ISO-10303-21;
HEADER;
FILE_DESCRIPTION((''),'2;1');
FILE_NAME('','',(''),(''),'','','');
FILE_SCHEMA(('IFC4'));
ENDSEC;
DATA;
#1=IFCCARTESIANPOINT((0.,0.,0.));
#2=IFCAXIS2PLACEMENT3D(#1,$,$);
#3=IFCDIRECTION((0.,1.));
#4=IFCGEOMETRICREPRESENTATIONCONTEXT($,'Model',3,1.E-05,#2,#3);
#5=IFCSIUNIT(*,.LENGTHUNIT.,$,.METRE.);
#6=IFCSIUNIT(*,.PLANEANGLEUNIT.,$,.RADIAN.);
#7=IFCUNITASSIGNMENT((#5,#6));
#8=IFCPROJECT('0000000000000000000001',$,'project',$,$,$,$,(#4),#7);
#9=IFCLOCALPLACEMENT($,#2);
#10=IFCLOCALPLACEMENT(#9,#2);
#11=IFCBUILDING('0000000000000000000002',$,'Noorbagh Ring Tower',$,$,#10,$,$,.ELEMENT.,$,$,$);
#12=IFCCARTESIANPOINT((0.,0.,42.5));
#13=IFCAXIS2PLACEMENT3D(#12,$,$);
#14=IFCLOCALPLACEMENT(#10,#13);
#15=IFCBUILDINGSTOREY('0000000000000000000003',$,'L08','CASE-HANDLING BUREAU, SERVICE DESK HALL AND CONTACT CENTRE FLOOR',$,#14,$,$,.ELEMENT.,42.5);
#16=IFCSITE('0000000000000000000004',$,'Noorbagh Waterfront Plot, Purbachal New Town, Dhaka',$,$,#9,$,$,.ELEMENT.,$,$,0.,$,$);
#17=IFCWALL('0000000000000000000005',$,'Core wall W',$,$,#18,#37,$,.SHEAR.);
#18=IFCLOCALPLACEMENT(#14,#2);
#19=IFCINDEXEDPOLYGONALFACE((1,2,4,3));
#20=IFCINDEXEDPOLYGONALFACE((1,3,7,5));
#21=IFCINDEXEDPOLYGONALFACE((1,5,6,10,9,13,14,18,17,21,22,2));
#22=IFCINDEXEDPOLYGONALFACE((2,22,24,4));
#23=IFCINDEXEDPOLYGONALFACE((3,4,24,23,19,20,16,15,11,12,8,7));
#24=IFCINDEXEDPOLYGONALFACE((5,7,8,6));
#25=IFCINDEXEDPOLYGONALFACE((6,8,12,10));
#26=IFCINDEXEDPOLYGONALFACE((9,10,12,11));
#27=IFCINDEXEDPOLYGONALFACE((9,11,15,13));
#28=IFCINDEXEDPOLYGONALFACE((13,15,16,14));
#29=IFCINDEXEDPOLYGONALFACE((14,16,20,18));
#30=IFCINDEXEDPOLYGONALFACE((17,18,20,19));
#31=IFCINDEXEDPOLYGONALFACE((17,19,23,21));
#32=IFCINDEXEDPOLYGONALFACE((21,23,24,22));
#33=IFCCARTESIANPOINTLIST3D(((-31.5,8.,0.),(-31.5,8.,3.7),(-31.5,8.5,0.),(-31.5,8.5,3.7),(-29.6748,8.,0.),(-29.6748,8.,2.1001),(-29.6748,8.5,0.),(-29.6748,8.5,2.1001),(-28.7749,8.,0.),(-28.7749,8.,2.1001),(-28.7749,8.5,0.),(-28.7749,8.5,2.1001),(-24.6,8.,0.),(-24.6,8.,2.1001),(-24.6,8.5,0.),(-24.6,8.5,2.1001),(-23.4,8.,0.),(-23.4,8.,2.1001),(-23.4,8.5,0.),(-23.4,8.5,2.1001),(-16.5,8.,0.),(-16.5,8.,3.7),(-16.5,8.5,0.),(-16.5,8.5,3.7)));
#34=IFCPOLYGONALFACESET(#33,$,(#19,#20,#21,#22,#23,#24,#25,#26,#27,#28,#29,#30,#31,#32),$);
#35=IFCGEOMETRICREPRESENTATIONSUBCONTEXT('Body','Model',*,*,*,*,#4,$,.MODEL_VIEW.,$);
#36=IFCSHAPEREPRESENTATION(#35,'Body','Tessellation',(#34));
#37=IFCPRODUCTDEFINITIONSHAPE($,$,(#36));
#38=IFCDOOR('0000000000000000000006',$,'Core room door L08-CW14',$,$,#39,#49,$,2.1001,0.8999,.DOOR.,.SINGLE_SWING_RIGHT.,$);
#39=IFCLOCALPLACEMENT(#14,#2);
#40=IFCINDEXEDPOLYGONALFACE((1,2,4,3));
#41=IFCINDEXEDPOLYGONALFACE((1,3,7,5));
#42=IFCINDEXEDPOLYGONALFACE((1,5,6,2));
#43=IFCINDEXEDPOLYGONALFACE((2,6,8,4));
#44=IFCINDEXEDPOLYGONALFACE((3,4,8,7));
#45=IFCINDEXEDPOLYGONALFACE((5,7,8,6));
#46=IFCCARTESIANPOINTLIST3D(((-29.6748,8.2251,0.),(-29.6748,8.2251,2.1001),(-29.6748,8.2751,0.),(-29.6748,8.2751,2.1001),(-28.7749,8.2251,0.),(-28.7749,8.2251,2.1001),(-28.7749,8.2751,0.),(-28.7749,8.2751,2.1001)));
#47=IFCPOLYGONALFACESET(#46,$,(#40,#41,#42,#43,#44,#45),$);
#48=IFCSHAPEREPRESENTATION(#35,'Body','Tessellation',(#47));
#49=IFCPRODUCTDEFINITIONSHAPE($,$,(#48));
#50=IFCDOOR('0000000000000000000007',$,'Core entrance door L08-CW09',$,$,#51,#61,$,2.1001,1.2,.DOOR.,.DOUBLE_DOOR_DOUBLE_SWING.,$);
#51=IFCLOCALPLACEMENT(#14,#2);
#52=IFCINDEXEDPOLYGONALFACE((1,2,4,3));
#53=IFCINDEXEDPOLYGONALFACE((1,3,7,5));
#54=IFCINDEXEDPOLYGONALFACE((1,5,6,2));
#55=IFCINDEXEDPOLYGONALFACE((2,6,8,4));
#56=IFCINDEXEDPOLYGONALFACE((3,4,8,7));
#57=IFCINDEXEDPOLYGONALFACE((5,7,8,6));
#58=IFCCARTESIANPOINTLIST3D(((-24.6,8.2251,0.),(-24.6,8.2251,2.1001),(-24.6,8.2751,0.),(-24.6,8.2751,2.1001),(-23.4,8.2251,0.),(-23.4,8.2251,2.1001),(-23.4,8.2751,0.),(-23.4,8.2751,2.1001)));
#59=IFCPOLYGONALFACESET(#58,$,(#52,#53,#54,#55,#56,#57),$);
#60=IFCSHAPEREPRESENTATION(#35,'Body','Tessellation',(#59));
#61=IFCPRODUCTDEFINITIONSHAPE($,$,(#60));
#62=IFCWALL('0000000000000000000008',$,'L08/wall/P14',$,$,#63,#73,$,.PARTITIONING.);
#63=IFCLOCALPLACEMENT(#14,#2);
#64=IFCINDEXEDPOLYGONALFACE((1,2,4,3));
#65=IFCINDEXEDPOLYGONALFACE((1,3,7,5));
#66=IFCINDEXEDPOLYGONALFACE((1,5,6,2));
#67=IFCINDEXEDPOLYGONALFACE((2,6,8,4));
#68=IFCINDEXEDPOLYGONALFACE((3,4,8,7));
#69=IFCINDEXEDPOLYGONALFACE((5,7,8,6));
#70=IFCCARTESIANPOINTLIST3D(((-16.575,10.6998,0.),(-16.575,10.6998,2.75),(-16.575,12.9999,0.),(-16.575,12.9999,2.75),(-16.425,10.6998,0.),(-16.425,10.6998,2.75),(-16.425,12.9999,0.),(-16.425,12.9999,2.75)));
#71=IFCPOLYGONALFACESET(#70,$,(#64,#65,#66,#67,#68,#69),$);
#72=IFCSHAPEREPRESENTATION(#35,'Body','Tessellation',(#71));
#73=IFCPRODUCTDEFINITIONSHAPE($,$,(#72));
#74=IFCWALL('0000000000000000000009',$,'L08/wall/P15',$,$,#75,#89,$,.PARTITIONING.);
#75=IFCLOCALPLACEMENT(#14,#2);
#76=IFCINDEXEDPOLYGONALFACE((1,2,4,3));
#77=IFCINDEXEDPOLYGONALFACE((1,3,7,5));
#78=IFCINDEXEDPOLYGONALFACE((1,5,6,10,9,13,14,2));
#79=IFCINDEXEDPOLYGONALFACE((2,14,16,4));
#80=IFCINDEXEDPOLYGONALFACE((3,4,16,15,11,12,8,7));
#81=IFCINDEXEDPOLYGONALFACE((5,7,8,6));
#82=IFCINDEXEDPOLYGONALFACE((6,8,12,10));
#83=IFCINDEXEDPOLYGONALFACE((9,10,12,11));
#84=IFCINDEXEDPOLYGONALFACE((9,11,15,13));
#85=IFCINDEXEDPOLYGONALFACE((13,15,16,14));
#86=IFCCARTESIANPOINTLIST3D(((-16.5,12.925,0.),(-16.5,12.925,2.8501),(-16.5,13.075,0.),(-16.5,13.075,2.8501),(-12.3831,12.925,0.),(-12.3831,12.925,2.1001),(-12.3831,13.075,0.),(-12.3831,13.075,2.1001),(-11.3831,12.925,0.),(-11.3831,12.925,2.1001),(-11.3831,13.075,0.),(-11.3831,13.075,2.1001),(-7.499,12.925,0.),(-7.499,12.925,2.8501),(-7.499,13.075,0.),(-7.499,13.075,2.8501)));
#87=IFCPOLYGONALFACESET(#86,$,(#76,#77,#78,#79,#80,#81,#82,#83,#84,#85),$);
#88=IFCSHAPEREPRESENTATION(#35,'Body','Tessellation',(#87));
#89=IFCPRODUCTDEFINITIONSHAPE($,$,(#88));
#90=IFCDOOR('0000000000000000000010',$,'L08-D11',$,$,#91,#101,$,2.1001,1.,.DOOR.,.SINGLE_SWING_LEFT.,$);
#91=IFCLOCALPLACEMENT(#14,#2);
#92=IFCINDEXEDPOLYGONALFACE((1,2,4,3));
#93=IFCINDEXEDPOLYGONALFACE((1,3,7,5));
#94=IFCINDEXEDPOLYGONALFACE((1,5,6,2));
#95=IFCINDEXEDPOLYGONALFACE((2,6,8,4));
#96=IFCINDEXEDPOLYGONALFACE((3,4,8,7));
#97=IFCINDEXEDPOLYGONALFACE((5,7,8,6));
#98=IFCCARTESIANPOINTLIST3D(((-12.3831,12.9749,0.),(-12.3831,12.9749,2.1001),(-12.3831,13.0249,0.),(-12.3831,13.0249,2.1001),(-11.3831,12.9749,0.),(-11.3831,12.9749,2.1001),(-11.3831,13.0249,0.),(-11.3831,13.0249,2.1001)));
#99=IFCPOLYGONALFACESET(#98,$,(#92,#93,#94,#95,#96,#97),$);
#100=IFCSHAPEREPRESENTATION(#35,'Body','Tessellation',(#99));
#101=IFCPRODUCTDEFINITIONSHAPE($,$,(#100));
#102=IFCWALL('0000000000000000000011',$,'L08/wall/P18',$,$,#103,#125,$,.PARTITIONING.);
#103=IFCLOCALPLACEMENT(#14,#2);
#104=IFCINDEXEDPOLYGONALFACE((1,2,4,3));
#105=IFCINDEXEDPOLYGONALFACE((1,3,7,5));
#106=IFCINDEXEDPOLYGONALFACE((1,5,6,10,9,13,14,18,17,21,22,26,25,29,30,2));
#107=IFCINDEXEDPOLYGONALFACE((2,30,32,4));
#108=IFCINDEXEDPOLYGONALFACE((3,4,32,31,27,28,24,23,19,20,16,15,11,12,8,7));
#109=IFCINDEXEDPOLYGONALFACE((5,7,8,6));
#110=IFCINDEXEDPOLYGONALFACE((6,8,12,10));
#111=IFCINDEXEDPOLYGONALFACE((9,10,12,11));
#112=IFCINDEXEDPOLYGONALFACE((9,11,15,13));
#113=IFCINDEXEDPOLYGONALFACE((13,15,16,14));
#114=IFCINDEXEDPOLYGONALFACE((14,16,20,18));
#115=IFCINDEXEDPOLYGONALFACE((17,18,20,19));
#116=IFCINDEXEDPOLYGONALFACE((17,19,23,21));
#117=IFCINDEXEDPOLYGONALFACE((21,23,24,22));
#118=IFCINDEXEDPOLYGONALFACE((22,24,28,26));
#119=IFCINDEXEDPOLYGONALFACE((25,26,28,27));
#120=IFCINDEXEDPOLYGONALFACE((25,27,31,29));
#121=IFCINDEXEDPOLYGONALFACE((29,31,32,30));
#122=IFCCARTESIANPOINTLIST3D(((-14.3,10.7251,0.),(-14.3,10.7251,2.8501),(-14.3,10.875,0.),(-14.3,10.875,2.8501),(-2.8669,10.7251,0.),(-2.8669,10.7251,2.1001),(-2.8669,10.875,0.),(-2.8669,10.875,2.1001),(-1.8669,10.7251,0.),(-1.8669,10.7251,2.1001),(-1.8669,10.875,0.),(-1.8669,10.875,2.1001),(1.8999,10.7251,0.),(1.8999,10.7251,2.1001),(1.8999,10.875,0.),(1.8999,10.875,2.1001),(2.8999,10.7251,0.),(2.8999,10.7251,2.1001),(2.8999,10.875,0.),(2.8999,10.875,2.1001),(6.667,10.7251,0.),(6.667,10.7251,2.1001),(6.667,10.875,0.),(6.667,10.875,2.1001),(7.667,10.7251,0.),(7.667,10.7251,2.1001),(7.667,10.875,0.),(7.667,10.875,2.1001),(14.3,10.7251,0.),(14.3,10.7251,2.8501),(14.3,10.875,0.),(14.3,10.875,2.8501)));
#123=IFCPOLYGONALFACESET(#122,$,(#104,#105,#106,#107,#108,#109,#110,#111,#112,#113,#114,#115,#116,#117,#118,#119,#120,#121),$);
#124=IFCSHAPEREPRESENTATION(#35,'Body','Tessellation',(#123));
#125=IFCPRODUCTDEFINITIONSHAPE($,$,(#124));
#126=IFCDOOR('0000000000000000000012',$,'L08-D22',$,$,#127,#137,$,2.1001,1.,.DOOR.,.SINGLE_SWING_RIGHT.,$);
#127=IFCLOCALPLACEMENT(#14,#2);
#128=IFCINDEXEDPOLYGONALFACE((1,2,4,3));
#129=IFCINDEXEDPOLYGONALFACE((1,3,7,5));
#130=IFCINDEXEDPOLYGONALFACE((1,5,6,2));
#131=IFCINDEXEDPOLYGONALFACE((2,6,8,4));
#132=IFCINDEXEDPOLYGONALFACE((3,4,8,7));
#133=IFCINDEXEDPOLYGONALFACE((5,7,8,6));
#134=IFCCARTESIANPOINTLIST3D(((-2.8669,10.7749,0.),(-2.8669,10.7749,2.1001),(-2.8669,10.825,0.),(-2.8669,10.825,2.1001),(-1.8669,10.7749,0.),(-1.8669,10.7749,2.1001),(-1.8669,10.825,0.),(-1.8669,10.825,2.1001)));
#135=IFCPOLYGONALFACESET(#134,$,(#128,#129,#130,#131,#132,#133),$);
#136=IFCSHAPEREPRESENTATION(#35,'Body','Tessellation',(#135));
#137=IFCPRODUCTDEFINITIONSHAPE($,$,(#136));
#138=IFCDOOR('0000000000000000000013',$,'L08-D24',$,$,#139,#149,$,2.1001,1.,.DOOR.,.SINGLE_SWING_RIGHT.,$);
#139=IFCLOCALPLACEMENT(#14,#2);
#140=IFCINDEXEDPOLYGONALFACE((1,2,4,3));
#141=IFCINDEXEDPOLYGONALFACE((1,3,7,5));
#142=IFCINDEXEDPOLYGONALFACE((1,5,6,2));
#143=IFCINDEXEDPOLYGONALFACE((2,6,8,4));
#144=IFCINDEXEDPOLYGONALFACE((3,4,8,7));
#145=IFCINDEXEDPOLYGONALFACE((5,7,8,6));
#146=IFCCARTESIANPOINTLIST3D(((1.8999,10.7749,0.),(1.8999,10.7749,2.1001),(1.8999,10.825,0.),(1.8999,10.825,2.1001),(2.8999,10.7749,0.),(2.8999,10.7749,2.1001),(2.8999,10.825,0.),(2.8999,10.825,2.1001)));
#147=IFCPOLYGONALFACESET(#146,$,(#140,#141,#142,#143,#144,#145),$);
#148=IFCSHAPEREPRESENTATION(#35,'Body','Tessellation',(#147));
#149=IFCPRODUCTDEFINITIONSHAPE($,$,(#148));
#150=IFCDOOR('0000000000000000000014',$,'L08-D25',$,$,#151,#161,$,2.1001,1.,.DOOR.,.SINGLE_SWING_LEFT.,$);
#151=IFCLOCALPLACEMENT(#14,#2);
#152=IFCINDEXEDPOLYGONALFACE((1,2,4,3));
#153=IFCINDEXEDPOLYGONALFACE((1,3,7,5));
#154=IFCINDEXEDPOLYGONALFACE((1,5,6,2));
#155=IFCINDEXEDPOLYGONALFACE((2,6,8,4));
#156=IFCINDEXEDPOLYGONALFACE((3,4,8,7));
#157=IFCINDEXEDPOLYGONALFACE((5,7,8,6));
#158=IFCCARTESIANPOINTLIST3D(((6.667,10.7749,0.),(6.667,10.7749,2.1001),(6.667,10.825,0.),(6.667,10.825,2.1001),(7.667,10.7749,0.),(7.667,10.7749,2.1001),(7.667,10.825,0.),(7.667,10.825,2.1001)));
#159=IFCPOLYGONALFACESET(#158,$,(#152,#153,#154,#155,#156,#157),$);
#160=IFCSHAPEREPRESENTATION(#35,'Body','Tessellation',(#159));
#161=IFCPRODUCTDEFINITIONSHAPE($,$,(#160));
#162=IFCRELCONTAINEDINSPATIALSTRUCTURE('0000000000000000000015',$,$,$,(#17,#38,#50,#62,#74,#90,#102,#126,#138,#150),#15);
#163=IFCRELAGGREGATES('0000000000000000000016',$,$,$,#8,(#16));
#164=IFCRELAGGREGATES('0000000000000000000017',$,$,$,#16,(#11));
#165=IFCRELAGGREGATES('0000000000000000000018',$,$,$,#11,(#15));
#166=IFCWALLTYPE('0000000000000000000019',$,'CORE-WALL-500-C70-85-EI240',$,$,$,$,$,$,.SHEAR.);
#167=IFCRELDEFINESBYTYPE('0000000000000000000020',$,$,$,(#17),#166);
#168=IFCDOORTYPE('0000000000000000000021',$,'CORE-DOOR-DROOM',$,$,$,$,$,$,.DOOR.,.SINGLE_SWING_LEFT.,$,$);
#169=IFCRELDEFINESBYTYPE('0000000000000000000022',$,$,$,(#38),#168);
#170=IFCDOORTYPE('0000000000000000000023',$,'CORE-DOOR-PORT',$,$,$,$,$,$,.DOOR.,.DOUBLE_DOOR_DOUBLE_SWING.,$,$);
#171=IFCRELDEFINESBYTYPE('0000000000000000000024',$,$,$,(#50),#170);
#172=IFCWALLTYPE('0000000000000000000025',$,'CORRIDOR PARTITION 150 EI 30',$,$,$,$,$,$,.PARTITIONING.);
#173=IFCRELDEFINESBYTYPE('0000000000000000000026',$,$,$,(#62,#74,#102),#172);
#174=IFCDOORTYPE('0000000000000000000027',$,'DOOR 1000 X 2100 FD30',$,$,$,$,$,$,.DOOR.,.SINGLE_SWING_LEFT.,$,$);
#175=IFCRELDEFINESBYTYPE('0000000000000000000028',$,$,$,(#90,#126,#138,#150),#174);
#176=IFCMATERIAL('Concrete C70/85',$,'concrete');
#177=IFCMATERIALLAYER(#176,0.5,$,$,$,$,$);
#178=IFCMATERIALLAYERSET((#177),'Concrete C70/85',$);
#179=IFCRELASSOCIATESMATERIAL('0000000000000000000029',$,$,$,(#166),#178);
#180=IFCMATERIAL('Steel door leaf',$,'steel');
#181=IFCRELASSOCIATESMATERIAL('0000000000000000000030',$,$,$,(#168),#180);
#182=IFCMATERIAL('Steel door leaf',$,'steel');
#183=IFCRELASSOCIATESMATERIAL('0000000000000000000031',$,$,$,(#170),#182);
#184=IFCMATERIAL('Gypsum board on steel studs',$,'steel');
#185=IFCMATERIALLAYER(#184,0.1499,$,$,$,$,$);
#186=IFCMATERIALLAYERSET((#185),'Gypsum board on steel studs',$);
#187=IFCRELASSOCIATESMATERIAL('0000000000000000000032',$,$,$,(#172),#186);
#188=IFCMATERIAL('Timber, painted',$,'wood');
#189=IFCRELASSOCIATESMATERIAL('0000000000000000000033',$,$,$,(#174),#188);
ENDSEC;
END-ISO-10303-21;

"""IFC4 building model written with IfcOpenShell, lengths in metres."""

from ifc_helpers import new_model, si_unit, direction, frame, frame_2d, origin, place, context, subcontext, project, spatial, rectangle, extrude, material, layer, layer_set, type_object, element, fill, save


model = new_model("IFC4")

# Units and contexts
model_context = context("Model", 3, precision=1e-05, world=origin(), true_north=direction((0.0, 1.0)))
body_context = subcontext(model_context, "Body", "Model", "MODEL_VIEW")
ifc_project = project(units=[si_unit("LENGTHUNIT", "METRE"), si_unit("PLANEANGLEUNIT", "RADIAN")], contexts=[model_context])

# Site, building, storey
site_placement = place(None, origin())
site = spatial("IfcSite", under=ifc_project, at=site_placement, Name="Noorbagh Waterfront Plot, Purbachal New Town, Dhaka", CompositionType="ELEMENT", RefElevation=0.0)
building_placement = place(site_placement, origin())
building = spatial("IfcBuilding", under=site, at=building_placement, Name="Noorbagh Ring Tower", CompositionType="ELEMENT")
storey_placement = place(building_placement, frame((0.0, 0.0, 42.5)))
storey = spatial("IfcBuildingStorey", under=building, at=storey_placement, Name="L08", Description="CASE-HANDLING BUREAU, SERVICE DESK HALL AND CONTACT CENTRE FLOOR", CompositionType="ELEMENT", Elevation=42.5)

# Wall, openings, doors
ifc_material_1 = material(Name="Concrete C70/85", Category="concrete")
ifc_layer_1 = layer(ifc_material_1, 0.5)
ifc_layer_set_1 = layer_set([ifc_layer_1], Name="Concrete C70/85")
wall_type_1 = type_object("IfcWallType", Name="CORE-WALL-500-C70-85-EI240", PredefinedType="SHEAR", material=ifc_layer_set_1)
wall_1_placement = place(storey_placement, frame((-16.5, 8.25, 0.0), z_axis=(0.0, 0.0, 1.0), x_axis=(-1.0, 0.0, 0.0)))
wall_1 = element("IfcWall", 1, at=wall_1_placement, inside=storey, type_object=wall_type_1, Name="Core wall W", PredefinedType="SHEAR", context=body_context, shape_type="SweptSolid", body=[
    extrude(rectangle(XDim=15.0, YDim=0.5, at=frame_2d((7.5, 0.0))), origin(), (0.0, 0.0, 1.0), 3.7),
])
opening_1_placement = place(wall_1_placement, frame((6.8999, 0.0, 0.0)))
opening_1 = element("IfcOpeningElement", 2, at=opening_1_placement, cuts=wall_1, PredefinedType="OPENING", context=body_context, shape_type="SweptSolid", body=[
    extrude(rectangle(XDim=1.2, YDim=2.1001, at=frame_2d((0.6001, 1.05))), frame((0.0, 0.26, 0.0), z_axis=(0.0, -1.0, 0.0), x_axis=(1.0, 0.0, 0.0)), (0.0, 0.0, 1.0), 0.52),
])
opening_2_placement = place(wall_1_placement, frame((12.2749, 0.0, 0.0)))
opening_2 = element("IfcOpeningElement", 3, at=opening_2_placement, cuts=wall_1, PredefinedType="OPENING", context=body_context, shape_type="SweptSolid", body=[
    extrude(rectangle(XDim=0.8999, YDim=2.1001, at=frame_2d((0.45, 1.05))), frame((0.0, 0.26, 0.0), z_axis=(0.0, -1.0, 0.0), x_axis=(1.0, 0.0, 0.0)), (0.0, 0.0, 1.0), 0.52),
])
ifc_material_2 = material(Name="Steel door leaf", Category="steel")
door_type_1 = type_object("IfcDoorType", Name="CORE-DOOR-DROOM", OperationType="SINGLE_SWING_LEFT", PredefinedType="DOOR", material=ifc_material_2)
door_1_placement = place(opening_2_placement, origin())
door_1 = element("IfcDoor", 4, at=door_1_placement, inside=storey, type_object=door_type_1, Name="Core room door L08-CW14", OperationType="SINGLE_SWING_RIGHT", OverallHeight=2.1001, OverallWidth=0.8999, PredefinedType="DOOR", context=body_context, shape_type="SweptSolid", body=[
    extrude(rectangle(XDim=0.8999, YDim=2.1001, at=frame_2d((0.45, 1.05))), frame((0.0, 0.0249, 0.0), z_axis=(0.0, -1.0, 0.0), x_axis=(1.0, 0.0, 0.0)), (0.0, 0.0, 1.0), 0.05),
])
fill(opening_2, door_1)
ifc_material_3 = material(Name="Steel door leaf", Category="steel")
door_type_2 = type_object("IfcDoorType", Name="CORE-DOOR-PORT", OperationType="DOUBLE_DOOR_DOUBLE_SWING", PredefinedType="DOOR", material=ifc_material_3)
door_2_placement = place(opening_1_placement, origin())
door_2 = element("IfcDoor", 5, at=door_2_placement, inside=storey, type_object=door_type_2, Name="Core entrance door L08-CW09", OperationType="DOUBLE_DOOR_DOUBLE_SWING", OverallHeight=2.1001, OverallWidth=1.2, PredefinedType="DOOR", context=body_context, shape_type="SweptSolid", body=[
    extrude(rectangle(XDim=1.2, YDim=2.1001, at=frame_2d((0.6001, 1.05))), frame((0.0, 0.0249, 0.0), z_axis=(0.0, -1.0, 0.0), x_axis=(1.0, 0.0, 0.0)), (0.0, 0.0, 1.0), 0.05),
])
fill(opening_1, door_2)

# Wall
ifc_material_4 = material(Name="Gypsum board on steel studs", Category="steel")
ifc_layer_2 = layer(ifc_material_4, 0.1499)
ifc_layer_set_2 = layer_set([ifc_layer_2], Name="Gypsum board on steel studs")
wall_type_2 = type_object("IfcWallType", Name="CORRIDOR PARTITION 150 EI 30", PredefinedType="PARTITIONING", material=ifc_layer_set_2)
wall_2_placement = place(storey_placement, frame((-16.5, 10.7, 0.0), z_axis=(0.0, 0.0, 1.0), x_axis=(0.0, 1.0, 0.0)))
element("IfcWall", 6, at=wall_2_placement, inside=storey, type_object=wall_type_2, Name="L08/wall/P14", PredefinedType="PARTITIONING", context=body_context, shape_type="SweptSolid", body=[
    extrude(rectangle(XDim=2.3, YDim=0.1499, at=frame_2d((1.1499, 0.0))), origin(), (0.0, 0.0, 1.0), 2.75),
])

# Wall, opening, door
wall_3_placement = place(storey_placement, frame((-16.5, 13.0, 0.0), z_axis=(0.0, 0.0, 1.0), x_axis=(1.0, 0.0, 0.0)))
wall_3 = element("IfcWall", 7, at=wall_3_placement, inside=storey, type_object=wall_type_2, Name="L08/wall/P15", PredefinedType="PARTITIONING", context=body_context, shape_type="SweptSolid", body=[
    extrude(rectangle(XDim=9.001, YDim=0.1499, at=frame_2d((4.5005, 0.0))), origin(), (0.0, 0.0, 1.0), 2.8501),
])
opening_3_placement = place(wall_3_placement, frame((4.1169, 0.0, 0.0)))
opening_3 = element("IfcOpeningElement", 8, at=opening_3_placement, cuts=wall_3, PredefinedType="OPENING", context=body_context, shape_type="SweptSolid", body=[
    extrude(rectangle(XDim=1.0, YDim=2.1001, at=frame_2d((0.5, 1.05))), frame((0.0, 0.085, 0.0), z_axis=(0.0, -1.0, 0.0), x_axis=(1.0, 0.0, 0.0)), (0.0, 0.0, 1.0), 0.1699),
])
ifc_material_5 = material(Name="Timber, painted", Category="wood")
door_type_3 = type_object("IfcDoorType", Name="DOOR 1000 X 2100 FD30", OperationType="SINGLE_SWING_LEFT", PredefinedType="DOOR", material=ifc_material_5)
door_3_placement = place(opening_3_placement, origin())
door_3 = element("IfcDoor", 9, at=door_3_placement, inside=storey, type_object=door_type_3, Name="L08-D11", OperationType="SINGLE_SWING_LEFT", OverallHeight=2.1001, OverallWidth=1.0, PredefinedType="DOOR", context=body_context, shape_type="SweptSolid", body=[
    extrude(rectangle(XDim=1.0, YDim=2.1001, at=frame_2d((0.5, 1.05))), frame((0.0, 0.0249, 0.0), z_axis=(0.0, -1.0, 0.0), x_axis=(1.0, 0.0, 0.0)), (0.0, 0.0, 1.0), 0.05),
])
fill(opening_3, door_3)

# Wall, openings, doors
wall_4_placement = place(storey_placement, frame((-14.3, 10.8, 0.0), z_axis=(0.0, 0.0, 1.0), x_axis=(1.0, 0.0, 0.0)))
wall_4 = element("IfcWall", 10, at=wall_4_placement, inside=storey, type_object=wall_type_2, Name="L08/wall/P18", PredefinedType="PARTITIONING", context=body_context, shape_type="SweptSolid", body=[
    extrude(rectangle(XDim=28.6001, YDim=0.1499, at=frame_2d((14.3, 0.0))), origin(), (0.0, 0.0, 1.0), 2.8501),
])
opening_4_placement = place(wall_4_placement, frame((11.4331, 0.0, 0.0)))
opening_4 = element("IfcOpeningElement", 11, at=opening_4_placement, cuts=wall_4, PredefinedType="OPENING", context=body_context, shape_type="SweptSolid", body=[
    extrude(rectangle(XDim=1.0, YDim=2.1001, at=frame_2d((0.5, 1.05))), frame((0.0, 0.085, 0.0), z_axis=(0.0, -1.0, 0.0), x_axis=(1.0, 0.0, 0.0)), (0.0, 0.0, 1.0), 0.1699),
])
opening_5_placement = place(wall_4_placement, frame((16.2, 0.0, 0.0)))
opening_5 = element("IfcOpeningElement", 12, at=opening_5_placement, cuts=wall_4, PredefinedType="OPENING", context=body_context, shape_type="SweptSolid", body=[
    extrude(rectangle(XDim=1.0, YDim=2.1001, at=frame_2d((0.5, 1.05))), frame((0.0, 0.085, 0.0), z_axis=(0.0, -1.0, 0.0), x_axis=(1.0, 0.0, 0.0)), (0.0, 0.0, 1.0), 0.1699),
])
opening_6_placement = place(wall_4_placement, frame((20.967, 0.0, 0.0)))
opening_6 = element("IfcOpeningElement", 13, at=opening_6_placement, cuts=wall_4, PredefinedType="OPENING", context=body_context, shape_type="SweptSolid", body=[
    extrude(rectangle(XDim=1.0, YDim=2.1001, at=frame_2d((0.5, 1.05))), frame((0.0, 0.085, 0.0), z_axis=(0.0, -1.0, 0.0), x_axis=(1.0, 0.0, 0.0)), (0.0, 0.0, 1.0), 0.1699),
])
door_4_placement = place(opening_4_placement, origin())
door_4 = element("IfcDoor", 14, at=door_4_placement, inside=storey, type_object=door_type_3, Name="L08-D22", OperationType="SINGLE_SWING_RIGHT", OverallHeight=2.1001, OverallWidth=1.0, PredefinedType="DOOR", context=body_context, shape_type="SweptSolid", body=[
    extrude(rectangle(XDim=1.0, YDim=2.1001, at=frame_2d((0.5, 1.05))), frame((0.0, 0.0249, 0.0), z_axis=(0.0, -1.0, 0.0), x_axis=(1.0, 0.0, 0.0)), (0.0, 0.0, 1.0), 0.05),
])
fill(opening_4, door_4)
door_5_placement = place(opening_5_placement, origin())
door_5 = element("IfcDoor", 15, at=door_5_placement, inside=storey, type_object=door_type_3, Name="L08-D24", OperationType="SINGLE_SWING_RIGHT", OverallHeight=2.1001, OverallWidth=1.0, PredefinedType="DOOR", context=body_context, shape_type="SweptSolid", body=[
    extrude(rectangle(XDim=1.0, YDim=2.1001, at=frame_2d((0.5, 1.05))), frame((0.0, 0.0249, 0.0), z_axis=(0.0, -1.0, 0.0), x_axis=(1.0, 0.0, 0.0)), (0.0, 0.0, 1.0), 0.05),
])
fill(opening_5, door_5)
door_6_placement = place(opening_6_placement, origin())
door_6 = element("IfcDoor", 16, at=door_6_placement, inside=storey, type_object=door_type_3, Name="L08-D25", OperationType="SINGLE_SWING_LEFT", OverallHeight=2.1001, OverallWidth=1.0, PredefinedType="DOOR", context=body_context, shape_type="SweptSolid", body=[
    extrude(rectangle(XDim=1.0, YDim=2.1001, at=frame_2d((0.5, 1.05))), frame((0.0, 0.0249, 0.0), z_axis=(0.0, -1.0, 0.0), x_axis=(1.0, 0.0, 0.0)), (0.0, 0.0, 1.0), 0.05),
])
fill(opening_6, door_6)

save(model, "model.ifc")
